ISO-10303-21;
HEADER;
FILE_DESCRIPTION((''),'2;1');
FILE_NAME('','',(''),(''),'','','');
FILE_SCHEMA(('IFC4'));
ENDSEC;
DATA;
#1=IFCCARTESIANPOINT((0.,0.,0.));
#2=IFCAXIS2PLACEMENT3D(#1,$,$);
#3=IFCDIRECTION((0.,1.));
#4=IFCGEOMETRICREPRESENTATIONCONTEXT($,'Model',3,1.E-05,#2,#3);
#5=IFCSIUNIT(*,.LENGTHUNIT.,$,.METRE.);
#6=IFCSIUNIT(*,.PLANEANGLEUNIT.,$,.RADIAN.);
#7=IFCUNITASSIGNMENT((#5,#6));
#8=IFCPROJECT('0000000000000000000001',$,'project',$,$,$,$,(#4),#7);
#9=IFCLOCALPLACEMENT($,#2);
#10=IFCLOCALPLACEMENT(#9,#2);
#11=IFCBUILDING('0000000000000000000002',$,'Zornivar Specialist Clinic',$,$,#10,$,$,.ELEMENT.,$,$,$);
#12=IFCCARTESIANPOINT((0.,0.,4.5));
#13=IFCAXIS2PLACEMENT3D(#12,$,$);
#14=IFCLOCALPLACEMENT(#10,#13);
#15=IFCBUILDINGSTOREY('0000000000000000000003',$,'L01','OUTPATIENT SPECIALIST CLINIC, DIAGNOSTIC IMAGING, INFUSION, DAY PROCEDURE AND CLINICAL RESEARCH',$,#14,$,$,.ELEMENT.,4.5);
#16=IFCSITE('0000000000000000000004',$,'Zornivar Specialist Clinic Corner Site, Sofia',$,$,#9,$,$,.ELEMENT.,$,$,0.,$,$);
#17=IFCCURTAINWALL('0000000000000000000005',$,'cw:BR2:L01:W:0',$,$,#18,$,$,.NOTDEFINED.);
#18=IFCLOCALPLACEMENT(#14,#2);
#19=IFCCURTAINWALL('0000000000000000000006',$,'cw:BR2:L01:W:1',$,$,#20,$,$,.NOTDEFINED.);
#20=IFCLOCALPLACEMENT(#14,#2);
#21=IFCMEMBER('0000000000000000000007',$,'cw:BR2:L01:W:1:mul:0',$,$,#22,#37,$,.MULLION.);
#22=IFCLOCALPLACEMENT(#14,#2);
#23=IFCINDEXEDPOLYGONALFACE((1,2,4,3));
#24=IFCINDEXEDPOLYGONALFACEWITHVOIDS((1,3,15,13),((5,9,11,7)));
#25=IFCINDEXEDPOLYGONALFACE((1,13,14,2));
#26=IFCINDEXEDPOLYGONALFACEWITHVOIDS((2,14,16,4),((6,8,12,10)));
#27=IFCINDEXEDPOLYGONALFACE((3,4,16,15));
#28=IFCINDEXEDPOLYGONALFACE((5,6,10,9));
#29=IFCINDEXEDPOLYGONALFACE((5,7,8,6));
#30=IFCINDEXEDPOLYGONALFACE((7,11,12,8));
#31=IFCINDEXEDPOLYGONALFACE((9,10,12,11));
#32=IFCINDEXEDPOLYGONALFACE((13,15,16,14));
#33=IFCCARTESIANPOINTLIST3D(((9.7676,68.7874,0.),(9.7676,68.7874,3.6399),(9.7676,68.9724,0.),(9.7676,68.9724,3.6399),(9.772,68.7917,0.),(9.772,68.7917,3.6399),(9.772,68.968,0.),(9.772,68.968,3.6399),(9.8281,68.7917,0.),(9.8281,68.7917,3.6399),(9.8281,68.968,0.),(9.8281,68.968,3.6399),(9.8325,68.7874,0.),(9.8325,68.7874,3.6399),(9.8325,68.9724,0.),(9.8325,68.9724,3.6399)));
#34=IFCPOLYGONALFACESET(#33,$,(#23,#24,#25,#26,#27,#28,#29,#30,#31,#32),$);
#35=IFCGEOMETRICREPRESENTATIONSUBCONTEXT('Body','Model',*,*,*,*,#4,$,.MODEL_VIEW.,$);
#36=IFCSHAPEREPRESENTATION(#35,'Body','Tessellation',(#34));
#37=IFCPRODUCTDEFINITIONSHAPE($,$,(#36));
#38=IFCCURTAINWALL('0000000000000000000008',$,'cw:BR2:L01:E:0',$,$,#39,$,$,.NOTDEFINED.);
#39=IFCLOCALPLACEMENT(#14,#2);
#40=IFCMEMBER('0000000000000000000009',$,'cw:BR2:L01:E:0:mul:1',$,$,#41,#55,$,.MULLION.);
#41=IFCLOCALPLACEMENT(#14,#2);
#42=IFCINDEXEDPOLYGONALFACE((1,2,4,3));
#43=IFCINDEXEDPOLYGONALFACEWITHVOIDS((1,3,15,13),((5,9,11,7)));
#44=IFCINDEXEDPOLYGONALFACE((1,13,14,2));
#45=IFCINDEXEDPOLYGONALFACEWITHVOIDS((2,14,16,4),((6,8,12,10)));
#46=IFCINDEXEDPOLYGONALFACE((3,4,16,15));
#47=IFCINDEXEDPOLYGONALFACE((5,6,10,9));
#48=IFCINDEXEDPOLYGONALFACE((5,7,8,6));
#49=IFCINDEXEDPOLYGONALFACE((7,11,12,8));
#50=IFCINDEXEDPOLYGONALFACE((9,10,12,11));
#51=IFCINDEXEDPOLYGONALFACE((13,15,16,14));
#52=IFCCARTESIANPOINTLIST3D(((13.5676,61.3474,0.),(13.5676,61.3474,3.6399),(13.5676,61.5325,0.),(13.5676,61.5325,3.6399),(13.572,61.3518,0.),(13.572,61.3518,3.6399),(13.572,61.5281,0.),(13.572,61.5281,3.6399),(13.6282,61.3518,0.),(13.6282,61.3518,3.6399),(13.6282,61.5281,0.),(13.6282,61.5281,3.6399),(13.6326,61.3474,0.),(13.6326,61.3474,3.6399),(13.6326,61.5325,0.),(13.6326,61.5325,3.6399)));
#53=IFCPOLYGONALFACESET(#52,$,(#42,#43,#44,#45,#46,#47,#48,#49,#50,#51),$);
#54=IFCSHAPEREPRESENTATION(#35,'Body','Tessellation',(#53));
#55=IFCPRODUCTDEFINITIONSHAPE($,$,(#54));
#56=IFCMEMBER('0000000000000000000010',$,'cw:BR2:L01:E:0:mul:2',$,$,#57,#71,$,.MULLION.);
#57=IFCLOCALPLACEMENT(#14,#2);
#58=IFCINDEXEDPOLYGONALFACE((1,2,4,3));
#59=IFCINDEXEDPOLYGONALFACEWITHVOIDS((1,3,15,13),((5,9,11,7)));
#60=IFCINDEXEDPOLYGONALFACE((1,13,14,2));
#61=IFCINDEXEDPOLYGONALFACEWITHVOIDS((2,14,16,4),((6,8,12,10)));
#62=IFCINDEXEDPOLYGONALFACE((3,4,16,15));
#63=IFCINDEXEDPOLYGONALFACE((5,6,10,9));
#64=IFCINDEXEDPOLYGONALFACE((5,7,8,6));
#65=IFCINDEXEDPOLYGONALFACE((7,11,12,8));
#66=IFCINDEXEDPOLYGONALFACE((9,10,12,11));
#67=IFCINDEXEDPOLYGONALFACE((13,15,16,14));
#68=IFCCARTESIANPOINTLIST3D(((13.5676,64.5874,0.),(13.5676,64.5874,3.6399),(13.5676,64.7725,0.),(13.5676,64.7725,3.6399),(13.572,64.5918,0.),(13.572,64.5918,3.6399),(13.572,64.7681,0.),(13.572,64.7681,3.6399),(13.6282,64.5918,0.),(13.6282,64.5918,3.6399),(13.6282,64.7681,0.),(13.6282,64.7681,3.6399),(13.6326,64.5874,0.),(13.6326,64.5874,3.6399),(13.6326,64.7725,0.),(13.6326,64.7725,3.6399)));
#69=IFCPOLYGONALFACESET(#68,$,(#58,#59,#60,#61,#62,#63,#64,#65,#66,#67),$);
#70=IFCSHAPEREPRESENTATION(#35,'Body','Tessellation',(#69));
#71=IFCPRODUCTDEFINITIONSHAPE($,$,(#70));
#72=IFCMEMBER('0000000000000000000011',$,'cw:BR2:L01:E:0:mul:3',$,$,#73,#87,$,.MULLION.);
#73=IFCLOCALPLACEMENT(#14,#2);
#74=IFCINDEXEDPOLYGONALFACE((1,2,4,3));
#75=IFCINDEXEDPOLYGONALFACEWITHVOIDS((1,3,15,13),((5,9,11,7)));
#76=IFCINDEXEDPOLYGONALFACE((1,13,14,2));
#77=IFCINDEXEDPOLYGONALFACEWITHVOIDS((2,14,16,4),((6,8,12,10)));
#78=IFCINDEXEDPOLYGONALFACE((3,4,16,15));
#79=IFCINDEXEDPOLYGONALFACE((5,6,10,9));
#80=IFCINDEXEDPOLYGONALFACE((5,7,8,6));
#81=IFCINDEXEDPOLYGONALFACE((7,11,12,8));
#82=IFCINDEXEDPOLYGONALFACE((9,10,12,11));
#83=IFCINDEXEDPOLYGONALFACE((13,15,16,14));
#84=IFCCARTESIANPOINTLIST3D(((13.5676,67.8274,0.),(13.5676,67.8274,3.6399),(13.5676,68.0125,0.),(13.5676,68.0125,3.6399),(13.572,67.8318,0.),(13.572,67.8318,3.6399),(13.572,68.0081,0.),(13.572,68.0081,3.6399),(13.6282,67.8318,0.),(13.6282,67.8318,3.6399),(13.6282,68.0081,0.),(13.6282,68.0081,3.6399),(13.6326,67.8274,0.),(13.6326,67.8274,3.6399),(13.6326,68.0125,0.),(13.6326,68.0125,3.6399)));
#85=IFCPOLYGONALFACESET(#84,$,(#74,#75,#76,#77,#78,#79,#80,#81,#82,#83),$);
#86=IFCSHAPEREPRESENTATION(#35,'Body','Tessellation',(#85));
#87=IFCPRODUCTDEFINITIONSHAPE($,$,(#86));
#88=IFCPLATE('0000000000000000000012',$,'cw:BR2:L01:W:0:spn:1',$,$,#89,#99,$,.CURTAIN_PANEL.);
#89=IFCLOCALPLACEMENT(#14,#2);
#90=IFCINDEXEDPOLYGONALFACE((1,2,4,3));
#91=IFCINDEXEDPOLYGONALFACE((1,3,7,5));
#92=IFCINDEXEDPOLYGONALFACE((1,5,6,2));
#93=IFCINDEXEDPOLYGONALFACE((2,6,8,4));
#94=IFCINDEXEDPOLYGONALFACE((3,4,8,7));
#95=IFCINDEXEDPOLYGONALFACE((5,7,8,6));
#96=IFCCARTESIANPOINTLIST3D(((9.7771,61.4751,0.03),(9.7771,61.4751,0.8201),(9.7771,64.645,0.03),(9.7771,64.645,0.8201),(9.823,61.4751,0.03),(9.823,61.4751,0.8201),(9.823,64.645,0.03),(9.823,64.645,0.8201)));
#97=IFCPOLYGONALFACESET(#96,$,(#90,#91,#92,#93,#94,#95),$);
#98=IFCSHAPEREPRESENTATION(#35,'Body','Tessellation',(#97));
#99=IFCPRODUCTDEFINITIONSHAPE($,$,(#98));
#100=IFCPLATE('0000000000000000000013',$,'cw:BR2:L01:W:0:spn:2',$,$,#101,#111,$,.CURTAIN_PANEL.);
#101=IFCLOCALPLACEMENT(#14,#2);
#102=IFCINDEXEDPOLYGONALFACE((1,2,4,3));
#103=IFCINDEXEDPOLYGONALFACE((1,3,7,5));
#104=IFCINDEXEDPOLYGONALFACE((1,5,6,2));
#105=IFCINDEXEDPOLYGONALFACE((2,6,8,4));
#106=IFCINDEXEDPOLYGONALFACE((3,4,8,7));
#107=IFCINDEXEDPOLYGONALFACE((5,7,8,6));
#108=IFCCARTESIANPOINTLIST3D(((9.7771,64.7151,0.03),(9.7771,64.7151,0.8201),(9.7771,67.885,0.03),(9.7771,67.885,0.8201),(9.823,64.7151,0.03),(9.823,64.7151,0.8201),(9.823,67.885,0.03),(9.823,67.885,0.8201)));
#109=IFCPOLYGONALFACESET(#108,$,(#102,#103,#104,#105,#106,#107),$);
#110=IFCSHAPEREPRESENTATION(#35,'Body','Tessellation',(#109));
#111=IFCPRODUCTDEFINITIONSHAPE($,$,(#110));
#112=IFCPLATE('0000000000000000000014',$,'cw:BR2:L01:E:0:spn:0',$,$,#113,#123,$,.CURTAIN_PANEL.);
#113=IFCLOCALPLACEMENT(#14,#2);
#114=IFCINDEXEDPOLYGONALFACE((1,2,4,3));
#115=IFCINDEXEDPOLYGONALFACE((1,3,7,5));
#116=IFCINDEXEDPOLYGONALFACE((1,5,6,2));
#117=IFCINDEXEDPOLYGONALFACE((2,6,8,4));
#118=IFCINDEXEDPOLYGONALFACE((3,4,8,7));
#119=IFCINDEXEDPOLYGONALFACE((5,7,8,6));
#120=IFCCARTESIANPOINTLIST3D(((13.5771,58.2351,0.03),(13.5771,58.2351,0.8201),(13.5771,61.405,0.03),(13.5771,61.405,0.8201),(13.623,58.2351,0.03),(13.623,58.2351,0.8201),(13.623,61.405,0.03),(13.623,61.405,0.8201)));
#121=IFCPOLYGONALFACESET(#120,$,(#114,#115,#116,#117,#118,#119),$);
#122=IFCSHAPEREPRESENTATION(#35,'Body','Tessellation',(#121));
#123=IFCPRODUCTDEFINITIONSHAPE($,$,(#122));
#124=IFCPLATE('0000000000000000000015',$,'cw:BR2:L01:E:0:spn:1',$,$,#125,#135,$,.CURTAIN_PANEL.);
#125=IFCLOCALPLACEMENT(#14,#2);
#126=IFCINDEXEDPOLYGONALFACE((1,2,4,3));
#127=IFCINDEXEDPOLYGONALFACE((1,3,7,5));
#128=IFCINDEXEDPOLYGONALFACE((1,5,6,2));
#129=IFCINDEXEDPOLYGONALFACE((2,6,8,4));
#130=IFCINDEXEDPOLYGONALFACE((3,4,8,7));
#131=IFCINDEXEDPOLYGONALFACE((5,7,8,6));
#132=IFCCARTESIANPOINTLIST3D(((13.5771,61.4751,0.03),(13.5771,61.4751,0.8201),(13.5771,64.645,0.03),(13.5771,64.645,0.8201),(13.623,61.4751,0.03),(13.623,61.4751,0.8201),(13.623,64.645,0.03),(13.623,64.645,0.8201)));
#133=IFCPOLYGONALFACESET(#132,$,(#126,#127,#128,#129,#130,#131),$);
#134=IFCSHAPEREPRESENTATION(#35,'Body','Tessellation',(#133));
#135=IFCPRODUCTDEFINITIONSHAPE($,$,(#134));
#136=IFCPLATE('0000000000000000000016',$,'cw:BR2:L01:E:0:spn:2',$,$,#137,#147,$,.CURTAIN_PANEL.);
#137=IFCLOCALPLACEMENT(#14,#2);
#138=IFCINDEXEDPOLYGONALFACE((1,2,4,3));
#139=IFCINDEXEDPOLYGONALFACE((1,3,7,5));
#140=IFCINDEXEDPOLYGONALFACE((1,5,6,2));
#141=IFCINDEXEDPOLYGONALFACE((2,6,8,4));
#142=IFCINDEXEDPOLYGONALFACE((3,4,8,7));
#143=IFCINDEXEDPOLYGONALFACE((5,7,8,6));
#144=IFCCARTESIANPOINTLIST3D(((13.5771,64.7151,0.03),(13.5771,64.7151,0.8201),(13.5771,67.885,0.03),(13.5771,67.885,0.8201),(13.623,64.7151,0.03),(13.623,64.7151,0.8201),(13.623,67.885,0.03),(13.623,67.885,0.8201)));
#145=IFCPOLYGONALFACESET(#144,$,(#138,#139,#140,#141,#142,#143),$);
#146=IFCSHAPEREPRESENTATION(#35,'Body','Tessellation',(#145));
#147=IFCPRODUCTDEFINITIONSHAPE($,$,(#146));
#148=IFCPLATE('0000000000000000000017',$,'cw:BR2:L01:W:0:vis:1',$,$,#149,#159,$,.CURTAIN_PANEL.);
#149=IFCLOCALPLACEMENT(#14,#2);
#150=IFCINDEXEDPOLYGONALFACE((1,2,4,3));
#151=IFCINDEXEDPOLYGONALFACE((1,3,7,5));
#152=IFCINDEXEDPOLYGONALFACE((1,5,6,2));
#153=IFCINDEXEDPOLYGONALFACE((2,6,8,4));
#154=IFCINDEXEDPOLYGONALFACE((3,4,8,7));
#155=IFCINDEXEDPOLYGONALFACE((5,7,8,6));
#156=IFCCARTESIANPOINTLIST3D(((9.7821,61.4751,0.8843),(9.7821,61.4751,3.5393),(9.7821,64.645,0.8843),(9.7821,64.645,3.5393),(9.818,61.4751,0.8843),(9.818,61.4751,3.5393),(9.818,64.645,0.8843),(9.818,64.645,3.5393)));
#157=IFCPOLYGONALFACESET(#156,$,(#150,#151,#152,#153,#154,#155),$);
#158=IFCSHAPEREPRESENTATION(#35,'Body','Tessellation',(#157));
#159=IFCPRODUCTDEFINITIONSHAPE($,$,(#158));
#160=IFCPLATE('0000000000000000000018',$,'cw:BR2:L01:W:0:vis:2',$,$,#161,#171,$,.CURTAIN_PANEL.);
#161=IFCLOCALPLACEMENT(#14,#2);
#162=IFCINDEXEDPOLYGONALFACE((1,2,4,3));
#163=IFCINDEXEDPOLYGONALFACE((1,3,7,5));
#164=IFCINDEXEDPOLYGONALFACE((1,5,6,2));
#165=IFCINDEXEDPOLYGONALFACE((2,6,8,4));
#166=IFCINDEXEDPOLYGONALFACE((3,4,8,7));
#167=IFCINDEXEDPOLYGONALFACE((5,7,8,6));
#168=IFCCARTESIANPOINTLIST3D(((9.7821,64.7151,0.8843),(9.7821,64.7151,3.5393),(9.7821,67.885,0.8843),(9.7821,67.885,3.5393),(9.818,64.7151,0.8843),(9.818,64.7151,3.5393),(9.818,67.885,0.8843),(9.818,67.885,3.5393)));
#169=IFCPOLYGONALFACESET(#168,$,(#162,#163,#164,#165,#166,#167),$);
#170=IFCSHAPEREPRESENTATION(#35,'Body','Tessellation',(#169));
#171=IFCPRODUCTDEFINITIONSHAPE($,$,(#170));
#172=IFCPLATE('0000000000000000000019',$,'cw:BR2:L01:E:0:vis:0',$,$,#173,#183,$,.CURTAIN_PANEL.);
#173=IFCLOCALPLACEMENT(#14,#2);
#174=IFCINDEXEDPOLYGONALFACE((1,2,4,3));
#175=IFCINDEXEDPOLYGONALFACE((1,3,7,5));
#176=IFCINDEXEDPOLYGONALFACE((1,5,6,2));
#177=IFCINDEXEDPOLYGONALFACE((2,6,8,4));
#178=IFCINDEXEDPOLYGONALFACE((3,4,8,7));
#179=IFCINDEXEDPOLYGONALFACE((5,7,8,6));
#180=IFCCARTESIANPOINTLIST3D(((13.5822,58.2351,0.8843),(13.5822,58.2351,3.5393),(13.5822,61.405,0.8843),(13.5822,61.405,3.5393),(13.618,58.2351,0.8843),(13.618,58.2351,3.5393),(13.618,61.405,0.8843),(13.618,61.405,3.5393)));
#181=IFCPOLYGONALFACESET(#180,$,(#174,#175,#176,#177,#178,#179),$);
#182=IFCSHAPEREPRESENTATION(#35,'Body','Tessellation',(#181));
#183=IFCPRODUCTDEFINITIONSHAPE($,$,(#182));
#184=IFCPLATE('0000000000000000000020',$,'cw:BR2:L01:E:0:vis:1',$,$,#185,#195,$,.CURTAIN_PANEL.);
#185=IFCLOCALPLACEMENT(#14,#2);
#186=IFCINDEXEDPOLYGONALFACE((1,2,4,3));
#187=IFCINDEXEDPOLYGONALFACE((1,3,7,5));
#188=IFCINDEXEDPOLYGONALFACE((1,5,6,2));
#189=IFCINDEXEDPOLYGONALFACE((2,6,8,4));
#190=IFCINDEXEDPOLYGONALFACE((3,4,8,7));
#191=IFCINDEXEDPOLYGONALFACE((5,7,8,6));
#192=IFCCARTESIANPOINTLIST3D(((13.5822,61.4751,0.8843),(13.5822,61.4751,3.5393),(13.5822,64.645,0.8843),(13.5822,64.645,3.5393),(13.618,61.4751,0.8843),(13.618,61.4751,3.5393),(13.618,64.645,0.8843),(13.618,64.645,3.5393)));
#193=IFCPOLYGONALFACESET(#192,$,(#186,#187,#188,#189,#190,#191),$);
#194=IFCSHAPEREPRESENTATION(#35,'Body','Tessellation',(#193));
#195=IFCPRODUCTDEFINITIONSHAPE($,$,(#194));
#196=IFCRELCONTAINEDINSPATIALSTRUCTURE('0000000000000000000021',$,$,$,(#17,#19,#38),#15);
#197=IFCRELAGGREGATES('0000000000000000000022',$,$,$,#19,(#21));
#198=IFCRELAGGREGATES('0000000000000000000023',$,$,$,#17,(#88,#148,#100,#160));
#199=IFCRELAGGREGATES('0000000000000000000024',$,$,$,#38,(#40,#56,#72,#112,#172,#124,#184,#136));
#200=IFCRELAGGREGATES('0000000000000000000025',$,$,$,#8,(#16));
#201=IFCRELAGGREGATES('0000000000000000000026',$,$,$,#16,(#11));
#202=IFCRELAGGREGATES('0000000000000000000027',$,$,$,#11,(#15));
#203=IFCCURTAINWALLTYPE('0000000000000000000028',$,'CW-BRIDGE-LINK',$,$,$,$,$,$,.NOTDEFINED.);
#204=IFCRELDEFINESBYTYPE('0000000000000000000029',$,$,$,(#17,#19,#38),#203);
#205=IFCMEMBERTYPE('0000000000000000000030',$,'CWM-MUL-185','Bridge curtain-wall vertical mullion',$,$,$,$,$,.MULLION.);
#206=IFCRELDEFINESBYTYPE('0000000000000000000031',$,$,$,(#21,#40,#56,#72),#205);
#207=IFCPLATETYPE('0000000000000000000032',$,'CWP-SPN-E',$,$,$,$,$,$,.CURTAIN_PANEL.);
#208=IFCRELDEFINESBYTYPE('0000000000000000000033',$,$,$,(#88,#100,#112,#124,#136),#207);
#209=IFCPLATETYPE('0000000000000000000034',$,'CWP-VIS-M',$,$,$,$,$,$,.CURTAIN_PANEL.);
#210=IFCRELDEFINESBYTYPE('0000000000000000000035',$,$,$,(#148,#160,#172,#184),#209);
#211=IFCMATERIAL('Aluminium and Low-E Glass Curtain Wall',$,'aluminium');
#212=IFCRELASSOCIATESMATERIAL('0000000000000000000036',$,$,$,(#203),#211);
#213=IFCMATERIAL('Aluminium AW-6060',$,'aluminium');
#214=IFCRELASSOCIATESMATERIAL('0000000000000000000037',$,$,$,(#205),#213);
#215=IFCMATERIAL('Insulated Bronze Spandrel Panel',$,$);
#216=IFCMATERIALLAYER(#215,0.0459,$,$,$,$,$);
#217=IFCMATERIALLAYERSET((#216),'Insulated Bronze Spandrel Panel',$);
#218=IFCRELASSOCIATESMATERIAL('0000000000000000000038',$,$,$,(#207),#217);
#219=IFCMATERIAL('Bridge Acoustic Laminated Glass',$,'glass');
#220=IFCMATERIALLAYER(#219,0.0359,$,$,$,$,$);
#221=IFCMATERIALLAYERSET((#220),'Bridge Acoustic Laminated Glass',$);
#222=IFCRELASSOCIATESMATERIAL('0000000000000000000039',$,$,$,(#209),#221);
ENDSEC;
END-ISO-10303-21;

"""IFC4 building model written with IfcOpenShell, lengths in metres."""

from ifc_helpers import new_model, si_unit, direction, frame, origin, origin_2d, place, context, subcontext, project, spatial, rectangle, hollow_rectangle, extrude, material, layer, layer_set, material_profile, profile_set, type_object, element, aggregate, save


model = new_model("IFC4")

# Units and contexts
model_context = context("Model", 3, precision=1e-05, world=origin(), true_north=direction((0.0, 1.0)))
body_context = subcontext(model_context, "Body", "Model", "MODEL_VIEW")
ifc_project = project(units=[si_unit("LENGTHUNIT", "METRE"), si_unit("PLANEANGLEUNIT", "RADIAN")], contexts=[model_context])

# Site, building, storey
site_placement = place(None, origin())
site = spatial("IfcSite", under=ifc_project, at=site_placement, Name="Zornivar Specialist Clinic Corner Site, Sofia", CompositionType="ELEMENT", RefElevation=0.0)
building_placement = place(site_placement, origin())
building = spatial("IfcBuilding", under=site, at=building_placement, Name="Zornivar Specialist Clinic", CompositionType="ELEMENT")
storey_placement = place(building_placement, frame((0.0, 0.0, 4.5)))
storey = spatial("IfcBuildingStorey", under=building, at=storey_placement, Name="L01", Description="OUTPATIENT SPECIALIST CLINIC, DIAGNOSTIC IMAGING, INFUSION, DAY PROCEDURE AND CLINICAL RESEARCH", CompositionType="ELEMENT", Elevation=4.5)

# Curtain wall
ifc_material_1 = material(Name="Aluminium and Low-E Glass Curtain Wall", Category="aluminium")
curtain_wall_type = type_object("IfcCurtainWallType", Name="CW-BRIDGE-LINK", PredefinedType="NOTDEFINED", material=ifc_material_1)
curtain_wall_1_placement = place(storey_placement, origin())
curtain_wall_1 = element("IfcCurtainWall", 1, at=curtain_wall_1_placement, inside=storey, type_object=curtain_wall_type, Name="cw:BR2:L01:W:0", PredefinedType="NOTDEFINED")
ifc_material_2 = material(Name="Aluminium AW-6060", Category="aluminium")
ifc_material_profile_1 = material_profile(ifc_material_2, hollow_rectangle(XDim=0.0649, YDim=0.1851, WallThickness=0.0044, at=origin_2d()), Name="ALU 65x185x4.5")
ifc_profile_set_1 = profile_set([ifc_material_profile_1], Name="Aluminium AW-6060")
member_type = type_object("IfcMemberType", Name="CWM-MUL-185", Description="Bridge curtain-wall vertical mullion", PredefinedType="MULLION", material=ifc_profile_set_1)

# Curtain wall, member
curtain_wall_2_placement = place(storey_placement, origin())
curtain_wall_2 = element("IfcCurtainWall", 2, at=curtain_wall_2_placement, inside=storey, type_object=curtain_wall_type, Name="cw:BR2:L01:W:1", PredefinedType="NOTDEFINED")
member_1_placement = place(storey_placement, frame((9.8, 68.8799, 0.0), z_axis=(0.0, 0.0, 1.0), x_axis=(1.0, 0.0, 0.0)))
member_1 = element("IfcMember", 3, at=member_1_placement, type_object=member_type, Name="cw:BR2:L01:W:1:mul:0", PredefinedType="MULLION", context=body_context, shape_type="SweptSolid", body=[
    extrude(hollow_rectangle(XDim=0.0649, YDim=0.1851, WallThickness=0.0044, at=origin_2d()), origin(), (0.0, 0.0, 1.0), 3.6399),
])
aggregate(curtain_wall_2, [member_1])

# Curtain wall, members
curtain_wall_3_placement = place(storey_placement, origin())
curtain_wall_3 = element("IfcCurtainWall", 4, at=curtain_wall_3_placement, inside=storey, type_object=curtain_wall_type, Name="cw:BR2:L01:E:0", PredefinedType="NOTDEFINED")
member_2_placement = place(storey_placement, frame((13.6001, 61.4399, 0.0), z_axis=(0.0, 0.0, 1.0), x_axis=(1.0, 0.0, 0.0)))
member_2 = element("IfcMember", 5, at=member_2_placement, type_object=member_type, Name="cw:BR2:L01:E:0:mul:1", PredefinedType="MULLION", context=body_context, shape_type="SweptSolid", body=[
    extrude(hollow_rectangle(XDim=0.0649, YDim=0.1851, WallThickness=0.0044, at=origin_2d()), origin(), (0.0, 0.0, 1.0), 3.6399),
])
member_3_placement = place(storey_placement, frame((13.6001, 64.6799, 0.0), z_axis=(0.0, 0.0, 1.0), x_axis=(1.0, 0.0, 0.0)))
member_3 = element("IfcMember", 6, at=member_3_placement, type_object=member_type, Name="cw:BR2:L01:E:0:mul:2", PredefinedType="MULLION", context=body_context, shape_type="SweptSolid", body=[
    extrude(hollow_rectangle(XDim=0.0649, YDim=0.1851, WallThickness=0.0044, at=origin_2d()), origin(), (0.0, 0.0, 1.0), 3.6399),
])
member_4_placement = place(storey_placement, frame((13.6001, 67.9199, 0.0), z_axis=(0.0, 0.0, 1.0), x_axis=(1.0, 0.0, 0.0)))
member_4 = element("IfcMember", 7, at=member_4_placement, type_object=member_type, Name="cw:BR2:L01:E:0:mul:3", PredefinedType="MULLION", context=body_context, shape_type="SweptSolid", body=[
    extrude(hollow_rectangle(XDim=0.0649, YDim=0.1851, WallThickness=0.0044, at=origin_2d()), origin(), (0.0, 0.0, 1.0), 3.6399),
])

# Plates
ifc_material_3 = material(Name="Insulated Bronze Spandrel Panel")
ifc_layer_1 = layer(ifc_material_3, 0.0459)
ifc_layer_set_1 = layer_set([ifc_layer_1], Name="Insulated Bronze Spandrel Panel")
plate_type_1 = type_object("IfcPlateType", Name="CWP-SPN-E", PredefinedType="CURTAIN_PANEL", material=ifc_layer_set_1)
plate_1_placement = place(storey_placement, frame((9.8, 63.0601, 0.03), z_axis=(0.0, 0.0, 1.0), x_axis=(0.0, 1.0, 0.0)))
plate_1 = element("IfcPlate", 8, at=plate_1_placement, type_object=plate_type_1, Name="cw:BR2:L01:W:0:spn:1", PredefinedType="CURTAIN_PANEL", context=body_context, shape_type="SweptSolid", body=[
    extrude(rectangle(XDim=3.1699, YDim=0.0459, at=origin_2d()), origin(), (0.0, 0.0, 1.0), 0.79),
])
plate_2_placement = place(storey_placement, frame((9.8, 66.3, 0.03), z_axis=(0.0, 0.0, 1.0), x_axis=(0.0, 1.0, 0.0)))
plate_2 = element("IfcPlate", 9, at=plate_2_placement, type_object=plate_type_1, Name="cw:BR2:L01:W:0:spn:2", PredefinedType="CURTAIN_PANEL", context=body_context, shape_type="SweptSolid", body=[
    extrude(rectangle(XDim=3.1699, YDim=0.0459, at=origin_2d()), origin(), (0.0, 0.0, 1.0), 0.79),
])
plate_3_placement = place(storey_placement, frame((13.6001, 59.8201, 0.03), z_axis=(0.0, 0.0, 1.0), x_axis=(0.0, 1.0, 0.0)))
plate_3 = element("IfcPlate", 10, at=plate_3_placement, type_object=plate_type_1, Name="cw:BR2:L01:E:0:spn:0", PredefinedType="CURTAIN_PANEL", context=body_context, shape_type="SweptSolid", body=[
    extrude(rectangle(XDim=3.1699, YDim=0.0459, at=origin_2d()), origin(), (0.0, 0.0, 1.0), 0.79),
])
plate_4_placement = place(storey_placement, frame((13.6001, 63.0601, 0.03), z_axis=(0.0, 0.0, 1.0), x_axis=(0.0, 1.0, 0.0)))
plate_4 = element("IfcPlate", 11, at=plate_4_placement, type_object=plate_type_1, Name="cw:BR2:L01:E:0:spn:1", PredefinedType="CURTAIN_PANEL", context=body_context, shape_type="SweptSolid", body=[
    extrude(rectangle(XDim=3.1699, YDim=0.0459, at=origin_2d()), origin(), (0.0, 0.0, 1.0), 0.79),
])
plate_5_placement = place(storey_placement, frame((13.6001, 66.3, 0.03), z_axis=(0.0, 0.0, 1.0), x_axis=(0.0, 1.0, 0.0)))
plate_5 = element("IfcPlate", 12, at=plate_5_placement, type_object=plate_type_1, Name="cw:BR2:L01:E:0:spn:2", PredefinedType="CURTAIN_PANEL", context=body_context, shape_type="SweptSolid", body=[
    extrude(rectangle(XDim=3.1699, YDim=0.0459, at=origin_2d()), origin(), (0.0, 0.0, 1.0), 0.79),
])
ifc_material_4 = material(Name="Bridge Acoustic Laminated Glass", Category="glass")
ifc_layer_2 = layer(ifc_material_4, 0.0359)
ifc_layer_set_2 = layer_set([ifc_layer_2], Name="Bridge Acoustic Laminated Glass")
plate_type_2 = type_object("IfcPlateType", Name="CWP-VIS-M", PredefinedType="CURTAIN_PANEL", material=ifc_layer_set_2)
plate_6_placement = place(storey_placement, frame((9.8, 63.0601, 0.8843), z_axis=(0.0, 0.0, 1.0), x_axis=(0.0, 1.0, 0.0)))
plate_6 = element("IfcPlate", 13, at=plate_6_placement, type_object=plate_type_2, Name="cw:BR2:L01:W:0:vis:1", PredefinedType="CURTAIN_PANEL", context=body_context, shape_type="SweptSolid", body=[
    extrude(rectangle(XDim=3.1699, YDim=0.0359, at=origin_2d()), origin(), (0.0, 0.0, 1.0), 2.655),
])
plate_7_placement = place(storey_placement, frame((9.8, 66.3, 0.8843), z_axis=(0.0, 0.0, 1.0), x_axis=(0.0, 1.0, 0.0)))
plate_7 = element("IfcPlate", 14, at=plate_7_placement, type_object=plate_type_2, Name="cw:BR2:L01:W:0:vis:2", PredefinedType="CURTAIN_PANEL", context=body_context, shape_type="SweptSolid", body=[
    extrude(rectangle(XDim=3.1699, YDim=0.0359, at=origin_2d()), origin(), (0.0, 0.0, 1.0), 2.655),
])
aggregate(curtain_wall_1, [plate_1, plate_6, plate_2, plate_7])
plate_8_placement = place(storey_placement, frame((13.6001, 59.8201, 0.8843), z_axis=(0.0, 0.0, 1.0), x_axis=(0.0, 1.0, 0.0)))
plate_8 = element("IfcPlate", 15, at=plate_8_placement, type_object=plate_type_2, Name="cw:BR2:L01:E:0:vis:0", PredefinedType="CURTAIN_PANEL", context=body_context, shape_type="SweptSolid", body=[
    extrude(rectangle(XDim=3.1699, YDim=0.0359, at=origin_2d()), origin(), (0.0, 0.0, 1.0), 2.655),
])
plate_9_placement = place(storey_placement, frame((13.6001, 63.0601, 0.8843), z_axis=(0.0, 0.0, 1.0), x_axis=(0.0, 1.0, 0.0)))
plate_9 = element("IfcPlate", 16, at=plate_9_placement, type_object=plate_type_2, Name="cw:BR2:L01:E:0:vis:1", PredefinedType="CURTAIN_PANEL", context=body_context, shape_type="SweptSolid", body=[
    extrude(rectangle(XDim=3.1699, YDim=0.0359, at=origin_2d()), origin(), (0.0, 0.0, 1.0), 2.655),
])
aggregate(curtain_wall_3, [member_2, member_3, member_4, plate_3, plate_8, plate_4, plate_9, plate_5])

save(model, "model.ifc")
